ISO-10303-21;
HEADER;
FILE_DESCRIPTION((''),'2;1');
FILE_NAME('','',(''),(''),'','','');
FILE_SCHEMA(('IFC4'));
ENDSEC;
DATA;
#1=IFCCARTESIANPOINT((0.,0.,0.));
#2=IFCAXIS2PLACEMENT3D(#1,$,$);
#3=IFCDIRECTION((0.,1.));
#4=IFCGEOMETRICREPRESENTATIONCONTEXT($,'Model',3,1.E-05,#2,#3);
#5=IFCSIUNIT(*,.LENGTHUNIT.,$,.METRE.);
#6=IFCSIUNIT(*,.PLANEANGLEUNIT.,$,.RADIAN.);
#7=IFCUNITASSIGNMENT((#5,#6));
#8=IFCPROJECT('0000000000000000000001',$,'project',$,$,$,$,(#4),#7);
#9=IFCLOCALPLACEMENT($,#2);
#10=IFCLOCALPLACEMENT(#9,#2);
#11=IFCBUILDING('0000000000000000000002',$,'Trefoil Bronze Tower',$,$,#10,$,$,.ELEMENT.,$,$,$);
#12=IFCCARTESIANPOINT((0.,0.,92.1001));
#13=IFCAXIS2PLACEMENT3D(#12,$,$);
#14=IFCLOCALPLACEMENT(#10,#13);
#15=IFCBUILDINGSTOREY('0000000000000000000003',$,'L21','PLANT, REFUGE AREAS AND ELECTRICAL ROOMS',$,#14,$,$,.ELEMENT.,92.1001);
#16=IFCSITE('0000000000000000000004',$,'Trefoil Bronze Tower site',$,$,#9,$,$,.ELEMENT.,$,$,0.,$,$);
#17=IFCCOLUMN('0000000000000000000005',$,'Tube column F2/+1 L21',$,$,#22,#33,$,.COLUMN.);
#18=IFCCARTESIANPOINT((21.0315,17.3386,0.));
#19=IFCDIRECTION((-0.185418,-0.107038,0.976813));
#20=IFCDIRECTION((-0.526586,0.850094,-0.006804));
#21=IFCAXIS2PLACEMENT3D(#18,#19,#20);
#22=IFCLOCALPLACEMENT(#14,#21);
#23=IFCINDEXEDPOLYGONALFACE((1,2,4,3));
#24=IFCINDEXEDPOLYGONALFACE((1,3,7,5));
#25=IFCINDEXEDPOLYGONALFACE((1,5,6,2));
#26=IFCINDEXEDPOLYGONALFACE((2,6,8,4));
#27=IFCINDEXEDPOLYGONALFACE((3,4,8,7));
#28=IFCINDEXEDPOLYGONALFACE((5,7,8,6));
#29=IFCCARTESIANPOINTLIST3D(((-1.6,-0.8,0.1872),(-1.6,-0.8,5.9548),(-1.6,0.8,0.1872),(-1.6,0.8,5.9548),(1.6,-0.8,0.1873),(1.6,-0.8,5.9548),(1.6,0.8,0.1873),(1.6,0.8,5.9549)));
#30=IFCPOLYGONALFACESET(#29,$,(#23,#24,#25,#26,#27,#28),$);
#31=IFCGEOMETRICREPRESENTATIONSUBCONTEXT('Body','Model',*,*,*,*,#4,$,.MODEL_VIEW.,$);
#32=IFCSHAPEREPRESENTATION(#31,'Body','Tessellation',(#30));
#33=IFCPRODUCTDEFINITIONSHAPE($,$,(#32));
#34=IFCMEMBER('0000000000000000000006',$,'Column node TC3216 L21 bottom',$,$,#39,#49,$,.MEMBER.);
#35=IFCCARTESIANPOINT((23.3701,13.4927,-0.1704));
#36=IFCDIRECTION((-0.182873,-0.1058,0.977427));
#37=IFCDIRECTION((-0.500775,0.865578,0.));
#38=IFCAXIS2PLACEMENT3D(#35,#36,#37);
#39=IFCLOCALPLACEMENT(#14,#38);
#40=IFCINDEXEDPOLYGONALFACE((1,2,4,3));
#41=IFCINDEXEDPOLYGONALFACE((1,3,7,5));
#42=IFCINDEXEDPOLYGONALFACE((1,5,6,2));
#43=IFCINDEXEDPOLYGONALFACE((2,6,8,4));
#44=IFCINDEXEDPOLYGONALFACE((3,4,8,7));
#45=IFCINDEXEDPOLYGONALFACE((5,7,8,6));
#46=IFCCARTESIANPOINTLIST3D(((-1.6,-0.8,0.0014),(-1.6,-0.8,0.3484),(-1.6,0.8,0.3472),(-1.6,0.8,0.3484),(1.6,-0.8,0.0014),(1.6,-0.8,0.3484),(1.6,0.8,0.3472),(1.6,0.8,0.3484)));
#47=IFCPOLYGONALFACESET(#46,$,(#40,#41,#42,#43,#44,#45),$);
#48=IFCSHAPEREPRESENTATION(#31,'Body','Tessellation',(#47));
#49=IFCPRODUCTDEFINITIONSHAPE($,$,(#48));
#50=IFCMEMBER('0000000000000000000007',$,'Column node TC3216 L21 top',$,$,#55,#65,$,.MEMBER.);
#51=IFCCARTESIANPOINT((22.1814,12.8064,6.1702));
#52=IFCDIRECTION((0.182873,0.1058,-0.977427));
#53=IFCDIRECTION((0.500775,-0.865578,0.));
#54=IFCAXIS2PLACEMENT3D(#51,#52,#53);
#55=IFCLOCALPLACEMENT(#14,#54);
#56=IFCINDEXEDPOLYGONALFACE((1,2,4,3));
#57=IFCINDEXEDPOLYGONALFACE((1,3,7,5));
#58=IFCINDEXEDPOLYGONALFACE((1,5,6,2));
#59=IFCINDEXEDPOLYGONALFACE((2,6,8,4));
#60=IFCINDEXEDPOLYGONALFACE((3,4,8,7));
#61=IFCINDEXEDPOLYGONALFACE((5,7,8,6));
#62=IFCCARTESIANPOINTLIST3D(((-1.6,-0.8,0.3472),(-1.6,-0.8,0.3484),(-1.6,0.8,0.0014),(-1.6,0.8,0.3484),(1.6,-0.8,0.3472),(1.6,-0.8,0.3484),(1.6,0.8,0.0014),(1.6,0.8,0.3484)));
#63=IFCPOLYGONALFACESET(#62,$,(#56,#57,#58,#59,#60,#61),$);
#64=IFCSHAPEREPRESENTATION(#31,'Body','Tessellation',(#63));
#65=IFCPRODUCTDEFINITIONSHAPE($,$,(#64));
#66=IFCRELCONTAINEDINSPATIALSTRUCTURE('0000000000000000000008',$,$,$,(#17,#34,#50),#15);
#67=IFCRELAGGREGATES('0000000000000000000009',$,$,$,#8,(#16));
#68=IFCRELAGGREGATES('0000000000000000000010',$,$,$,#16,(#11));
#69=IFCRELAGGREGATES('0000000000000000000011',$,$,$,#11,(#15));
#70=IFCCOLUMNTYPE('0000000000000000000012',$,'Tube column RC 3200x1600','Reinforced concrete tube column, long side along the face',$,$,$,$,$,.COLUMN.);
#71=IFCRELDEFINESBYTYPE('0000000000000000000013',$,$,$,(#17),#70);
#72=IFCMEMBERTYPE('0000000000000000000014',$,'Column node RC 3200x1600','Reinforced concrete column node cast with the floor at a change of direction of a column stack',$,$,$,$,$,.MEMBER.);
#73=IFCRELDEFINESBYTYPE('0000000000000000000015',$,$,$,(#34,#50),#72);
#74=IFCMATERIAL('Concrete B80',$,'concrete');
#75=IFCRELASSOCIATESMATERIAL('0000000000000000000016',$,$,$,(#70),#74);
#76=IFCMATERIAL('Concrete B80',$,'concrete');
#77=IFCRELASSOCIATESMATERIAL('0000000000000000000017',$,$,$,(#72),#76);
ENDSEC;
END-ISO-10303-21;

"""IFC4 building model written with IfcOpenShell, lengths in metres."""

from ifc_helpers import new_model, si_unit, direction, frame, origin, origin_2d, place, context, subcontext, project, spatial, rectangle, extrude, clip, halfspace, material, material_profile, profile_set, type_object, element, save


model = new_model("IFC4")

# Units and contexts
model_context = context("Model", 3, precision=1e-05, world=origin(), true_north=direction((0.0, 1.0)))
body_context = subcontext(model_context, "Body", "Model", "MODEL_VIEW")
ifc_project = project(units=[si_unit("LENGTHUNIT", "METRE"), si_unit("PLANEANGLEUNIT", "RADIAN")], contexts=[model_context])

# Site, building, storey
site_placement = place(None, origin())
site = spatial("IfcSite", under=ifc_project, at=site_placement, Name="Trefoil Bronze Tower site", CompositionType="ELEMENT", RefElevation=0.0)
building_placement = place(site_placement, origin())
building = spatial("IfcBuilding", under=site, at=building_placement, Name="Trefoil Bronze Tower", CompositionType="ELEMENT")
storey_placement = place(building_placement, frame((0.0, 0.0, 92.1001)))
storey = spatial("IfcBuildingStorey", under=building, at=storey_placement, Name="L21", Description="PLANT, REFUGE AREAS AND ELECTRICAL ROOMS", CompositionType="ELEMENT", Elevation=92.1001)

# Column
ifc_material_1 = material(Name="Concrete B80", Category="concrete")
ifc_material_profile_1 = material_profile(ifc_material_1, rectangle(XDim=3.2, YDim=1.6001, at=origin_2d()), Name="RC 3200x1600")
ifc_profile_set_1 = profile_set([ifc_material_profile_1], Name="Concrete B80")
column_type = type_object("IfcColumnType", Name="Tube column RC 3200x1600", Description="Reinforced concrete tube column, long side along the face", PredefinedType="COLUMN", material=ifc_profile_set_1)
column_1_placement = place(storey_placement, frame((21.0315, 17.3386, 0.0), z_axis=(-0.185418, -0.107038, 0.976813), x_axis=(-0.526586, 0.850094, -0.006804)))
element("IfcColumn", 1, at=column_1_placement, inside=storey, type_object=column_type, Name="Tube column F2/+1 L21", PredefinedType="COLUMN", context=body_context, shape_type="Clipping", body=[
    clip(clip(extrude(rectangle(XDim=3.2, YDim=1.6001, at=origin_2d()), origin(), (0.0, 0.0, 1.0), 6.1423), halfspace(frame((0.0, 0.0, 0.1873), z_axis=(-0.000012, -0.000005, 1.0), x_axis=(0.0, 1.0, 0.000005)), True)), halfspace(frame((0.0, 0.0, 5.9548), z_axis=(0.000012, 0.000005, -1.0), x_axis=(0.0, -1.0, -0.000005)), True)),
])

# Members
ifc_material_2 = material(Name="Concrete B80", Category="concrete")
ifc_material_profile_2 = material_profile(ifc_material_2, rectangle(XDim=3.2, YDim=1.6001, at=origin_2d()), Name="RC 3200x1600")
ifc_profile_set_2 = profile_set([ifc_material_profile_2], Name="Concrete B80")
member_type_1 = type_object("IfcMemberType", Name="Column node RC 3200x1600", Description="Reinforced concrete column node cast with the floor at a change of direction of a column stack", PredefinedType="MEMBER", material=ifc_profile_set_2)
member_1_placement = place(storey_placement, frame((23.3701, 13.4927, -0.1704), z_axis=(-0.182873, -0.1058, 0.977427), x_axis=(-0.500775, 0.865578, 0.0)))
element("IfcMember", 2, at=member_1_placement, inside=storey, type_object=member_type_1, Name="Column node TC3216 L21 bottom", PredefinedType="MEMBER", context=body_context, shape_type="Clipping", body=[
    clip(extrude(rectangle(XDim=3.2, YDim=1.6001, at=origin_2d()), origin(), (0.0, 0.0, 1.0), 0.3484), halfspace(frame((0.0, 0.0, 0.1743), z_axis=(0.0, -0.211273, 0.977427), x_axis=(0.0, 0.977427, 0.211273)), True)),
])
member_2_placement = place(storey_placement, frame((22.1814, 12.8064, 6.1702), z_axis=(0.182873, 0.1058, -0.977427), x_axis=(0.500775, -0.865578, 0.0)))
element("IfcMember", 3, at=member_2_placement, inside=storey, type_object=member_type_1, Name="Column node TC3216 L21 top", PredefinedType="MEMBER", context=body_context, shape_type="Clipping", body=[
    clip(extrude(rectangle(XDim=3.2, YDim=1.6001, at=origin_2d()), origin(), (0.0, 0.0, 1.0), 0.3484), halfspace(frame((0.0, 0.0, 0.1743), z_axis=(0.0, 0.211273, 0.977427), x_axis=(0.0, 0.977427, -0.211273)), True)),
])

save(model, "model.ifc")
